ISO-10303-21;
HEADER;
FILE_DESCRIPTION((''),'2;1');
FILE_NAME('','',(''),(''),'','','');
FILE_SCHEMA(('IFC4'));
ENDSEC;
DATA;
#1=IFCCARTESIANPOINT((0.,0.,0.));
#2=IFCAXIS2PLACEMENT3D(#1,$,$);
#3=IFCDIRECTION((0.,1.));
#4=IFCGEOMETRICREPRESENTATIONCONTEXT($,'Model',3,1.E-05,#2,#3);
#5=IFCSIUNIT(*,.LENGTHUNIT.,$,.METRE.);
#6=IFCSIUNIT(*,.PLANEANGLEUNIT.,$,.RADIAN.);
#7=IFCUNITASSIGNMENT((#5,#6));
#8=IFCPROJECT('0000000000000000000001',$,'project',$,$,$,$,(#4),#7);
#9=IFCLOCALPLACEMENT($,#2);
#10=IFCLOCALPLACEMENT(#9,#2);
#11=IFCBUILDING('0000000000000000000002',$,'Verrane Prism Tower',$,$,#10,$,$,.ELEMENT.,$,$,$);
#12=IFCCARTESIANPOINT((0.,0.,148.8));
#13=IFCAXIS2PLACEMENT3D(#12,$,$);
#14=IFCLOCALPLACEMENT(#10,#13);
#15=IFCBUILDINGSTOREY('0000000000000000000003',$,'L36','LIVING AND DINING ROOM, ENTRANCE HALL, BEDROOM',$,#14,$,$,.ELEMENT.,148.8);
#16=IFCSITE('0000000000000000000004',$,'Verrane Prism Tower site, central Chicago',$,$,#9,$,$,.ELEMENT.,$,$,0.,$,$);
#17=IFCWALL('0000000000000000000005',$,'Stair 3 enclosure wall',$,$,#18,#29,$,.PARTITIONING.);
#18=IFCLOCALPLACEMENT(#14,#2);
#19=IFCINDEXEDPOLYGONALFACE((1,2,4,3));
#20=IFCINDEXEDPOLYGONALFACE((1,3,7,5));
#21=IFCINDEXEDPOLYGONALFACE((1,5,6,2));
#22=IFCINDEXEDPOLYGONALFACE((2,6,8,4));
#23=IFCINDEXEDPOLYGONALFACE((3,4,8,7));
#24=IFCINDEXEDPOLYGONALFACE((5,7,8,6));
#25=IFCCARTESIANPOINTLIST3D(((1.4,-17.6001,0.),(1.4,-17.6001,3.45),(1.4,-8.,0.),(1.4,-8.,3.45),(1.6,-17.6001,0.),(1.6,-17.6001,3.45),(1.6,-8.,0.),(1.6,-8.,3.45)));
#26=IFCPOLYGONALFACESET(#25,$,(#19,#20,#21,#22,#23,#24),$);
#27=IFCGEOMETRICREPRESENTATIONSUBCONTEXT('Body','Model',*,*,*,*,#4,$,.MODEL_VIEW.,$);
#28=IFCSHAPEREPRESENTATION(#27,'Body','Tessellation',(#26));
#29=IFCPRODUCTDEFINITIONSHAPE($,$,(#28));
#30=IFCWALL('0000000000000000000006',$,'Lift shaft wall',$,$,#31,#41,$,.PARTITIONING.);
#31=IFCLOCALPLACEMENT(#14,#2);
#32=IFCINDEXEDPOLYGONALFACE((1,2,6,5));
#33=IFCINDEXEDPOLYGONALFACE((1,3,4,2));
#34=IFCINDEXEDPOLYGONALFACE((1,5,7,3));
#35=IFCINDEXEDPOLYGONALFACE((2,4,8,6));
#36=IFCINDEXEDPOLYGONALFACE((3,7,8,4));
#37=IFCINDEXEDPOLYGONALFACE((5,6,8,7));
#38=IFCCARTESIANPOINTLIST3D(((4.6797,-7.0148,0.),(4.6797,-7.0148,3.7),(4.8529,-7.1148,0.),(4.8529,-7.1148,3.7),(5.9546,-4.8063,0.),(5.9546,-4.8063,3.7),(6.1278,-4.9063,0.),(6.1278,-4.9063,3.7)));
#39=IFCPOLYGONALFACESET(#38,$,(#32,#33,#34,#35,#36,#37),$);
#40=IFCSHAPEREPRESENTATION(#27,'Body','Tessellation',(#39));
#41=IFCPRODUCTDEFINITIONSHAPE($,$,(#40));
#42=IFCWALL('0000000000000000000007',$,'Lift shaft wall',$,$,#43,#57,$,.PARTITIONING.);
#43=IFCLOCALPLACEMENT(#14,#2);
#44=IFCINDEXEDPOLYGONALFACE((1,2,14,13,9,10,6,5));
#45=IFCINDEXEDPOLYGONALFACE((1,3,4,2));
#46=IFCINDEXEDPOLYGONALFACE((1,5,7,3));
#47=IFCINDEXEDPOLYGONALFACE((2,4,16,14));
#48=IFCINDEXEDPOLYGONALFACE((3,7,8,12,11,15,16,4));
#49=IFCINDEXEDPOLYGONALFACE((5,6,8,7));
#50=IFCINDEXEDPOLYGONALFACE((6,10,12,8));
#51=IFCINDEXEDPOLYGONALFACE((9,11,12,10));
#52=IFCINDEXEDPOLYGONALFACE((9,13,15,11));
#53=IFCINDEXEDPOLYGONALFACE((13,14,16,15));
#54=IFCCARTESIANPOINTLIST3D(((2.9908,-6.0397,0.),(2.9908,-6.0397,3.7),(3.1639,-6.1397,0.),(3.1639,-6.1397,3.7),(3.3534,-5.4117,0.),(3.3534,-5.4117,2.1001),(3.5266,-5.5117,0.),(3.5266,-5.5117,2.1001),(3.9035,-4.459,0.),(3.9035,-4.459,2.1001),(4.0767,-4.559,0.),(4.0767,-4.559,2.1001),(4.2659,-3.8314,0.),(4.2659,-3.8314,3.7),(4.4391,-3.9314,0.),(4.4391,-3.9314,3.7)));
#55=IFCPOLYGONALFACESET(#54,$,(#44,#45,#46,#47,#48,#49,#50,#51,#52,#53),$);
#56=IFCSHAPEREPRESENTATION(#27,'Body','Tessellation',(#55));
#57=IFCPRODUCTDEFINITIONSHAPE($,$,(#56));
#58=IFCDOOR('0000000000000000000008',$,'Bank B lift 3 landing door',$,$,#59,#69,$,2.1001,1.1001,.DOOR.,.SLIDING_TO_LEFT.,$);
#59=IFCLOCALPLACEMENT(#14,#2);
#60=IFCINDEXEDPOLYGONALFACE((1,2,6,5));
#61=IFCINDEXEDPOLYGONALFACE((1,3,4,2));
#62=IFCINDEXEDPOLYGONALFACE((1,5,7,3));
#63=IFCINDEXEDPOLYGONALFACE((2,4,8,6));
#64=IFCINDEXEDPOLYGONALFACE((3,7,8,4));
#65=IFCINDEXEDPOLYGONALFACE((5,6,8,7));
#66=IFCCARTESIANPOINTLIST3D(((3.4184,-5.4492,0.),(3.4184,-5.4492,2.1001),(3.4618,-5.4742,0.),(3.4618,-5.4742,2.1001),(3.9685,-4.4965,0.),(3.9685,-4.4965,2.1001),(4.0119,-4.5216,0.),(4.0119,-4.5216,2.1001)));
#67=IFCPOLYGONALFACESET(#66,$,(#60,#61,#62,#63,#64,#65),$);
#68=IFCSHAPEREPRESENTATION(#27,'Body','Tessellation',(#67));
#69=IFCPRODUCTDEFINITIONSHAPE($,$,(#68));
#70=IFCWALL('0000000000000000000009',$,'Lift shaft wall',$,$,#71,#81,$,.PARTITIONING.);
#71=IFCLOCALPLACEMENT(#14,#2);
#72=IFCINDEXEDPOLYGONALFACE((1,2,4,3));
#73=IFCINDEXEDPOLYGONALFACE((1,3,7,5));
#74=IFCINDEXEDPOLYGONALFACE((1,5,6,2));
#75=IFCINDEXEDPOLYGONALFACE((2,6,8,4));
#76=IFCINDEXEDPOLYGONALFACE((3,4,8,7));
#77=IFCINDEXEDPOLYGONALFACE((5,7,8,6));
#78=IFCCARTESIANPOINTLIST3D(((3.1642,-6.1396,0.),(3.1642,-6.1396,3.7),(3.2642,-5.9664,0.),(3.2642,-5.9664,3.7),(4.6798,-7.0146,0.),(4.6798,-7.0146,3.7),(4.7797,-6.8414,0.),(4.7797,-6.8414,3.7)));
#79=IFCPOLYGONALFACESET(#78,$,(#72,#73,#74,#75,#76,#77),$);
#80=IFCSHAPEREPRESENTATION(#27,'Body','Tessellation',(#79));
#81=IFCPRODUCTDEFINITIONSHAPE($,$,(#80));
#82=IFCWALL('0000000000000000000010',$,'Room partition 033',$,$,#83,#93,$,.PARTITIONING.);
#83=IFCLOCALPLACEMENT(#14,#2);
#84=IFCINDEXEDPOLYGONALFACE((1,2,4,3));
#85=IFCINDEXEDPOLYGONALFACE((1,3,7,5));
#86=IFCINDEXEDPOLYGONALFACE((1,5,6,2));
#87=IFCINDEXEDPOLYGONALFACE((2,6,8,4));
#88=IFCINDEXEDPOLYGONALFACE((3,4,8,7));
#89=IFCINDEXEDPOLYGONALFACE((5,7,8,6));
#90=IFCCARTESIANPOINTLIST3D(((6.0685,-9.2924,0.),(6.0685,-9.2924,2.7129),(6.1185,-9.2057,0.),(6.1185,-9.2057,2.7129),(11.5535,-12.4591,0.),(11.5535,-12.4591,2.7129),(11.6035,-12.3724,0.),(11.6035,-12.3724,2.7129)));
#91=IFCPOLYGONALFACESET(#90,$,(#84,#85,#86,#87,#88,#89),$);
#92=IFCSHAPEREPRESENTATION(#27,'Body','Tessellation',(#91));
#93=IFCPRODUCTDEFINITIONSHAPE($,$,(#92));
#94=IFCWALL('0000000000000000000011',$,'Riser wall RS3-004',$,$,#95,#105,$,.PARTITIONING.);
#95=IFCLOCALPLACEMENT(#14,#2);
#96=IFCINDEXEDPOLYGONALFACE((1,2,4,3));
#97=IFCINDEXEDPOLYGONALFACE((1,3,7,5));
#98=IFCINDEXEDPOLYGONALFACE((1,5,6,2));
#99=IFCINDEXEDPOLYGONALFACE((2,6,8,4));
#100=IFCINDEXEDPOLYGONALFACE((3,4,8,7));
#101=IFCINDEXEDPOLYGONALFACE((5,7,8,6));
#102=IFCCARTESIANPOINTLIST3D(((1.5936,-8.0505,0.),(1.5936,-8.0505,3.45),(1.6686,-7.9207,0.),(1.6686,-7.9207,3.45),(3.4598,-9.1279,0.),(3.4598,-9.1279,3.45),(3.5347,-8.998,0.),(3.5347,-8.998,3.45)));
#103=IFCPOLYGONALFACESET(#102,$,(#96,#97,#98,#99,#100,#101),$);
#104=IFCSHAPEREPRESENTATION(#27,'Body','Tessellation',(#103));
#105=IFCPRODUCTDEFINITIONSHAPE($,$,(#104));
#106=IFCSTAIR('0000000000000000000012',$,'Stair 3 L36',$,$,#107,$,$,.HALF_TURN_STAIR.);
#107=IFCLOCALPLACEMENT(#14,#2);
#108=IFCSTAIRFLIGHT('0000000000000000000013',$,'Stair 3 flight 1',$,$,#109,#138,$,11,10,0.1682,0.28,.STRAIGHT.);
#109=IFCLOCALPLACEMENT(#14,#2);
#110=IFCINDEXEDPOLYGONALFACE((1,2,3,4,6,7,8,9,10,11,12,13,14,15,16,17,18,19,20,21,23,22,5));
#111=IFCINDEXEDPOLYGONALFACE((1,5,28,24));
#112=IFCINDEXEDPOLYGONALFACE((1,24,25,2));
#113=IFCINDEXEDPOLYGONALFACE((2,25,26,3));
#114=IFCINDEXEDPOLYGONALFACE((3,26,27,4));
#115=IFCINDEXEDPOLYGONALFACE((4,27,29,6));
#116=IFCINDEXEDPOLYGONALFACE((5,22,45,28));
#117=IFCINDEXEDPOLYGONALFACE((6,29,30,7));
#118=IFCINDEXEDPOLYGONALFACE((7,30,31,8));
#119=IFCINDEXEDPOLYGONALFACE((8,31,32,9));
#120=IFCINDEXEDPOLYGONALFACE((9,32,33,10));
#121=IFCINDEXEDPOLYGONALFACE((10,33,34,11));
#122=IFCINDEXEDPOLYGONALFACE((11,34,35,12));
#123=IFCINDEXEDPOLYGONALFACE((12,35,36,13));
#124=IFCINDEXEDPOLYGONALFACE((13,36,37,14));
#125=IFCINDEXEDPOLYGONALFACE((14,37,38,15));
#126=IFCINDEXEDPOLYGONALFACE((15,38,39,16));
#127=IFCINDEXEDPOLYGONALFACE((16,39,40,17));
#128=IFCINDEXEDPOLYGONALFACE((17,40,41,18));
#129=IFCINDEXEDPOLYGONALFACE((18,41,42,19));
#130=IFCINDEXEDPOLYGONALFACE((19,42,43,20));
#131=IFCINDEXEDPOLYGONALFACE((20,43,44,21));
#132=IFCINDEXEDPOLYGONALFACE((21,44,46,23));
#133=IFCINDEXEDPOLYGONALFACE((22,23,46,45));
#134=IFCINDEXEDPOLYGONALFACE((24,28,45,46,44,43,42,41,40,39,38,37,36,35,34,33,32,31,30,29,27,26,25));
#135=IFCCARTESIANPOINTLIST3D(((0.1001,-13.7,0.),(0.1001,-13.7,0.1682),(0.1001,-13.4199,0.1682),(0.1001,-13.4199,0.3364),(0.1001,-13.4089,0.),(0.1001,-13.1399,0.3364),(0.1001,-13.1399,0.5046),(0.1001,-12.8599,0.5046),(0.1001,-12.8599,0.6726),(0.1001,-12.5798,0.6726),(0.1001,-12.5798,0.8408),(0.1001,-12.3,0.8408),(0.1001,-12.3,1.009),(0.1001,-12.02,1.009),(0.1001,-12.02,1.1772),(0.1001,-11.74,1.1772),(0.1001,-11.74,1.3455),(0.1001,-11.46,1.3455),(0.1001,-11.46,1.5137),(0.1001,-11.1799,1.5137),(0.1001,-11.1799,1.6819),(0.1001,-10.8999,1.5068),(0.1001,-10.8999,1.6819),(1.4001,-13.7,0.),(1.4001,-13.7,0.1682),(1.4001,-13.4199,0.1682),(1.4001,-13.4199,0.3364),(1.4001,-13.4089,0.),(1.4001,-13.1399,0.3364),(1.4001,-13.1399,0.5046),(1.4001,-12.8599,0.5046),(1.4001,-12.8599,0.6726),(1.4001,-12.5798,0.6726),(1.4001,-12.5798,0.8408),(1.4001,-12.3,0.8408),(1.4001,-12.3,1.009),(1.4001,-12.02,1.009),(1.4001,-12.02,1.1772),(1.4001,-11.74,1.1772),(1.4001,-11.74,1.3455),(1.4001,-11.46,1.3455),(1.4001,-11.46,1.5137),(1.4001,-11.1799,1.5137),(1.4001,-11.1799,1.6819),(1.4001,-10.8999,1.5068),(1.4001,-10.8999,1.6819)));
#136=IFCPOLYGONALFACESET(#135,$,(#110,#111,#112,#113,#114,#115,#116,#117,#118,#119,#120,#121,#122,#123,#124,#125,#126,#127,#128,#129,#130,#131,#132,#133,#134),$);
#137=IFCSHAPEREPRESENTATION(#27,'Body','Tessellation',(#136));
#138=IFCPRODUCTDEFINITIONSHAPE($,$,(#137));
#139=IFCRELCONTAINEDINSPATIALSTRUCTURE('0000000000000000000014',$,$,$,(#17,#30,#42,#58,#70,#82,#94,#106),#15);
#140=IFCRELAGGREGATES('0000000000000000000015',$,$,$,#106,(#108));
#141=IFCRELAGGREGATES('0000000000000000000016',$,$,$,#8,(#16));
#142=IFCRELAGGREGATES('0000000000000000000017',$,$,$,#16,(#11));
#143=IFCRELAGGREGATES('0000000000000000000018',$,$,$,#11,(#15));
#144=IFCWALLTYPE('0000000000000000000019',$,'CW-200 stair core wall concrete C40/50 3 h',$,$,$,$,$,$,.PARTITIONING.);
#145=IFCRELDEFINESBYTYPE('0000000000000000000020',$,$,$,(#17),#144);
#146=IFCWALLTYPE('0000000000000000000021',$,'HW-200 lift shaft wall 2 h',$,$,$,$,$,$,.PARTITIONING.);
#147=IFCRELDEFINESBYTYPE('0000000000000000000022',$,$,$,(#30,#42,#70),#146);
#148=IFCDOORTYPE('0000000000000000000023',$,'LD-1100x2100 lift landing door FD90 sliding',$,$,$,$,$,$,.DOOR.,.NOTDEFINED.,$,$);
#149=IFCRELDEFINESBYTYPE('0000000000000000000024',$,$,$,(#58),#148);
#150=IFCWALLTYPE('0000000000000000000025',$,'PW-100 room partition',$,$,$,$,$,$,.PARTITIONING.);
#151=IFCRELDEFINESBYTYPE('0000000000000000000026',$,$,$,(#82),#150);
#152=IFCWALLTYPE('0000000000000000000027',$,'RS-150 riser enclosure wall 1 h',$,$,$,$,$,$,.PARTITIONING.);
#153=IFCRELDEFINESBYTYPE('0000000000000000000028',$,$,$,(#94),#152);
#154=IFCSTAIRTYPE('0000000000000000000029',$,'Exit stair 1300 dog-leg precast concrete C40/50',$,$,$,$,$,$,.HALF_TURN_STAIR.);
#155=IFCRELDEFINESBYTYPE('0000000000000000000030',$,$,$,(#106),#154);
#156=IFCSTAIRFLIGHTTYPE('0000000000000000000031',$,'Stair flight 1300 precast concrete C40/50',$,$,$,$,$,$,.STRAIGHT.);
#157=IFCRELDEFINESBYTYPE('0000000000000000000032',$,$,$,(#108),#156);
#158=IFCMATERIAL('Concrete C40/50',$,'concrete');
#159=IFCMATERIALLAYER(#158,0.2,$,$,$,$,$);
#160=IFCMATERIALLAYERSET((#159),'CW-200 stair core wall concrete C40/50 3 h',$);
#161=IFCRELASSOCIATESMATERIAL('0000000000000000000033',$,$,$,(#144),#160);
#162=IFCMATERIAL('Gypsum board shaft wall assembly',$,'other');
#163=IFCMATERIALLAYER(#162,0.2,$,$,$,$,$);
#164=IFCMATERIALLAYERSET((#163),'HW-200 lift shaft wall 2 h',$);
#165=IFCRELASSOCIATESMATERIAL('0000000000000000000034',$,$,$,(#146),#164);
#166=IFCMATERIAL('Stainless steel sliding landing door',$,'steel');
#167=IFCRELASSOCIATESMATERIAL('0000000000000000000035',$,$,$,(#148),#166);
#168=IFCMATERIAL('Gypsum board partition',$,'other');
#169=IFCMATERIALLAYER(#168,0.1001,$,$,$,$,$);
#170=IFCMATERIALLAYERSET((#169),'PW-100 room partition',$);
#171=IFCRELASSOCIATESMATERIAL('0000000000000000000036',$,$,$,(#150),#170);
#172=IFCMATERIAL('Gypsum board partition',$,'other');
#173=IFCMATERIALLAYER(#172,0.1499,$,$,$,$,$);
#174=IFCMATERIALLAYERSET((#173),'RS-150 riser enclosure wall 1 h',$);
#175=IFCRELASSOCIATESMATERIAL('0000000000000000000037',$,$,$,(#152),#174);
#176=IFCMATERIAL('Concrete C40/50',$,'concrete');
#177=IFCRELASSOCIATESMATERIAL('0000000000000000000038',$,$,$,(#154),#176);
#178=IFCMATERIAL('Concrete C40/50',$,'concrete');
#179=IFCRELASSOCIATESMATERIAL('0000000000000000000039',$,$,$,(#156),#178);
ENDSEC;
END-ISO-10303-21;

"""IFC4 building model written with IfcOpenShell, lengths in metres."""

from ifc_helpers import new_model, si_unit, direction, frame, frame_2d, origin, place, context, subcontext, project, spatial, polyline, rectangle, outline, extrude, material, layer, layer_set, type_object, element, fill, aggregate, save


model = new_model("IFC4")

# Units and contexts
model_context = context("Model", 3, precision=1e-05, world=origin(), true_north=direction((0.0, 1.0)))
body_context = subcontext(model_context, "Body", "Model", "MODEL_VIEW")
ifc_project = project(units=[si_unit("LENGTHUNIT", "METRE"), si_unit("PLANEANGLEUNIT", "RADIAN")], contexts=[model_context])

# Site, building, storey
site_placement = place(None, origin())
site = spatial("IfcSite", under=ifc_project, at=site_placement, Name="Verrane Prism Tower site, central Chicago", CompositionType="ELEMENT", RefElevation=0.0)
building_placement = place(site_placement, origin())
building = spatial("IfcBuilding", under=site, at=building_placement, Name="Verrane Prism Tower", CompositionType="ELEMENT")
storey_placement = place(building_placement, frame((0.0, 0.0, 148.8)))
storey = spatial("IfcBuildingStorey", under=building, at=storey_placement, Name="L36", Description="LIVING AND DINING ROOM, ENTRANCE HALL, BEDROOM", CompositionType="ELEMENT", Elevation=148.8)

# Walls
ifc_material_1 = material(Name="Concrete C40/50", Category="concrete")
ifc_layer_1 = layer(ifc_material_1, 0.2)
ifc_layer_set_1 = layer_set([ifc_layer_1], Name="CW-200 stair core wall concrete C40/50 3 h")
wall_type_1 = type_object("IfcWallType", Name="CW-200 stair core wall concrete C40/50 3 h", PredefinedType="PARTITIONING", material=ifc_layer_set_1)
wall_1_placement = place(storey_placement, frame((1.5, -8.0, 0.0), z_axis=(0.0, 0.0, 1.0), x_axis=(0.0, -1.0, 0.0)))
element("IfcWall", 1, at=wall_1_placement, inside=storey, type_object=wall_type_1, Name="Stair 3 enclosure wall", PredefinedType="PARTITIONING", context=body_context, shape_type="SweptSolid", body=[
    extrude(rectangle(XDim=9.6001, YDim=0.2, at=frame_2d((4.8, 0.0))), origin(), (0.0, 0.0, 1.0), 3.45),
])
ifc_material_2 = material(Name="Gypsum board shaft wall assembly", Category="other")
ifc_layer_2 = layer(ifc_material_2, 0.2)
ifc_layer_set_2 = layer_set([ifc_layer_2], Name="HW-200 lift shaft wall 2 h")
wall_type_2 = type_object("IfcWallType", Name="HW-200 lift shaft wall 2 h", PredefinedType="PARTITIONING", material=ifc_layer_set_2)
wall_2_placement = place(storey_placement, frame((4.7664, -7.0647, 0.0), z_axis=(0.0, 0.0, 1.0), x_axis=(0.499949, 0.866055, 0.0)))
element("IfcWall", 2, at=wall_2_placement, inside=storey, type_object=wall_type_2, Name="Lift shaft wall", PredefinedType="PARTITIONING", context=body_context, shape_type="SweptSolid", body=[
    extrude(rectangle(XDim=2.55, YDim=0.2, at=frame_2d((1.2749, 0.0))), origin(), (0.0, 0.0, 1.0), 3.7),
])

# Wall, opening, door
wall_3_placement = place(storey_placement, frame((3.0774, -6.0896, 0.0), z_axis=(0.0, 0.0, 1.0), x_axis=(0.500062, 0.865989, 0.0)))
wall_3 = element("IfcWall", 3, at=wall_3_placement, inside=storey, type_object=wall_type_2, Name="Lift shaft wall", PredefinedType="PARTITIONING", context=body_context, shape_type="SweptSolid", body=[
    extrude(rectangle(XDim=2.55, YDim=0.2, at=frame_2d((1.2749, 0.0))), origin(), (0.0, 0.0, 1.0), 3.7),
])
opening_placement = place(wall_3_placement, frame((0.7251, 0.0, 0.0)))
opening = element("IfcOpeningElement", 4, at=opening_placement, cuts=wall_3, PredefinedType="OPENING", context=body_context, shape_type="SweptSolid", body=[
    extrude(rectangle(XDim=1.1001, YDim=2.1001, at=frame_2d((0.55, 1.05))), frame((0.0, 0.1099, 0.0), z_axis=(0.0, -1.0, 0.0), x_axis=(1.0, 0.0, 0.0)), (0.0, 0.0, 1.0), 0.22),
])
ifc_material_3 = material(Name="Stainless steel sliding landing door", Category="steel")
door_type = type_object("IfcDoorType", Name="LD-1100x2100 lift landing door FD90 sliding", OperationType="NOTDEFINED", PredefinedType="DOOR", material=ifc_material_3)
door_placement = place(opening_placement, origin())
door = element("IfcDoor", 5, at=door_placement, inside=storey, type_object=door_type, Name="Bank B lift 3 landing door", OperationType="SLIDING_TO_LEFT", OverallHeight=2.1001, OverallWidth=1.1001, PredefinedType="DOOR", context=body_context, shape_type="SweptSolid", body=[
    extrude(rectangle(XDim=1.1001, YDim=2.1001, at=frame_2d((0.55, 1.05))), frame((0.0, 0.0249, 0.0), z_axis=(0.0, -1.0, 0.0), x_axis=(1.0, 0.0, 0.0)), (0.0, 0.0, 1.0), 0.05),
])
fill(opening, door)

# Walls
wall_4_placement = place(storey_placement, frame((4.7297, -6.928, 0.0), z_axis=(0.0, 0.0, 1.0), x_axis=(-0.866037, 0.49998, 0.0)))
element("IfcWall", 6, at=wall_4_placement, inside=storey, type_object=wall_type_2, Name="Lift shaft wall", PredefinedType="PARTITIONING", context=body_context, shape_type="SweptSolid", body=[
    extrude(rectangle(XDim=1.75, YDim=0.2, at=frame_2d((0.875, 0.0))), origin(), (0.0, 0.0, 1.0), 3.7),
])
ifc_material_4 = material(Name="Gypsum board partition", Category="other")
ifc_layer_3 = layer(ifc_material_4, 0.1001)
ifc_layer_set_3 = layer_set([ifc_layer_3], Name="PW-100 room partition")
wall_type_3 = type_object("IfcWallType", Name="PW-100 room partition", PredefinedType="PARTITIONING", material=ifc_layer_set_3)
wall_5_placement = place(storey_placement, frame((6.0935, -9.249, 0.0), z_axis=(0.0, 0.0, 1.0), x_axis=(0.866031, -0.499991, 0.0)))
element("IfcWall", 7, at=wall_5_placement, inside=storey, type_object=wall_type_3, Name="Room partition 033", PredefinedType="PARTITIONING", context=body_context, shape_type="SweptSolid", body=[
    extrude(rectangle(XDim=6.3335, YDim=0.1001, at=frame_2d((3.1667, 0.0))), origin(), (0.0, 0.0, 1.0), 2.7129),
])
ifc_material_5 = material(Name="Gypsum board partition", Category="other")
ifc_layer_4 = layer(ifc_material_5, 0.1499)
ifc_layer_set_4 = layer_set([ifc_layer_4], Name="RS-150 riser enclosure wall 1 h")
wall_type_4 = type_object("IfcWallType", Name="RS-150 riser enclosure wall 1 h", PredefinedType="PARTITIONING", material=ifc_layer_set_4)
wall_6_placement = place(storey_placement, frame((1.6311, -7.9856, 0.0), z_axis=(0.0, 0.0, 1.0), x_axis=(0.866038, -0.499977, 0.0)))
element("IfcWall", 8, at=wall_6_placement, inside=storey, type_object=wall_type_4, Name="Riser wall RS3-004", PredefinedType="PARTITIONING", context=body_context, shape_type="SweptSolid", body=[
    extrude(rectangle(XDim=2.1548, YDim=0.1499, at=frame_2d((1.0774, 0.0))), origin(), (0.0, 0.0, 1.0), 3.45),
])

# Stair, stair flight
ifc_material_6 = material(Name="Concrete C40/50", Category="concrete")
stair_type = type_object("IfcStairType", Name="Exit stair 1300 dog-leg precast concrete C40/50", PredefinedType="HALF_TURN_STAIR", material=ifc_material_6)
stair_placement = place(storey_placement, origin())
stair = element("IfcStair", 9, at=stair_placement, inside=storey, type_object=stair_type, Name="Stair 3 L36", PredefinedType="HALF_TURN_STAIR")
ifc_material_7 = material(Name="Concrete C40/50", Category="concrete")
stair_flight_type = type_object("IfcStairFlightType", Name="Stair flight 1300 precast concrete C40/50", PredefinedType="STRAIGHT", material=ifc_material_7)
stair_flight_placement = place(storey_placement, frame((0.75, -13.7, 0.0), z_axis=(0.0, 0.0, 1.0), x_axis=(0.0, 1.0, 0.0)))
stair_flight = element("IfcStairFlight", 10, at=stair_flight_placement, type_object=stair_flight_type, Name="Stair 3 flight 1", NumberOfRisers=11, NumberOfTreads=10, PredefinedType="STRAIGHT", RiserHeight=0.1682, TreadLength=0.28, context=body_context, shape_type="SweptSolid", body=[
    extrude(outline(polyline([(0.0, 0.0), (0.0, 0.1682), (0.28, 0.1682), (0.28, 0.3364), (0.5601, 0.3364), (0.5601, 0.5046), (0.8401, 0.5046), (0.8401, 0.6726), (1.1201, 0.6726), (1.1201, 0.8408), (1.3999, 0.8408), (1.3999, 1.009), (1.6799, 1.009), (1.6799, 1.1772), (1.96, 1.1772), (1.96, 1.3455), (2.24, 1.3455), (2.24, 1.5137), (2.52, 1.5137), (2.52, 1.6819), (2.8, 1.6819), (2.8, 1.8501), (2.8, 1.5068), (0.291, 0.0), (0.0, 0.0)])), frame((0.0, 0.6499, 0.0), z_axis=(0.0, -1.0, 0.0), x_axis=(1.0, 0.0, 0.0)), (0.0, 0.0, 1.0), 1.3),
])
aggregate(stair, [stair_flight])

save(model, "model.ifc")
